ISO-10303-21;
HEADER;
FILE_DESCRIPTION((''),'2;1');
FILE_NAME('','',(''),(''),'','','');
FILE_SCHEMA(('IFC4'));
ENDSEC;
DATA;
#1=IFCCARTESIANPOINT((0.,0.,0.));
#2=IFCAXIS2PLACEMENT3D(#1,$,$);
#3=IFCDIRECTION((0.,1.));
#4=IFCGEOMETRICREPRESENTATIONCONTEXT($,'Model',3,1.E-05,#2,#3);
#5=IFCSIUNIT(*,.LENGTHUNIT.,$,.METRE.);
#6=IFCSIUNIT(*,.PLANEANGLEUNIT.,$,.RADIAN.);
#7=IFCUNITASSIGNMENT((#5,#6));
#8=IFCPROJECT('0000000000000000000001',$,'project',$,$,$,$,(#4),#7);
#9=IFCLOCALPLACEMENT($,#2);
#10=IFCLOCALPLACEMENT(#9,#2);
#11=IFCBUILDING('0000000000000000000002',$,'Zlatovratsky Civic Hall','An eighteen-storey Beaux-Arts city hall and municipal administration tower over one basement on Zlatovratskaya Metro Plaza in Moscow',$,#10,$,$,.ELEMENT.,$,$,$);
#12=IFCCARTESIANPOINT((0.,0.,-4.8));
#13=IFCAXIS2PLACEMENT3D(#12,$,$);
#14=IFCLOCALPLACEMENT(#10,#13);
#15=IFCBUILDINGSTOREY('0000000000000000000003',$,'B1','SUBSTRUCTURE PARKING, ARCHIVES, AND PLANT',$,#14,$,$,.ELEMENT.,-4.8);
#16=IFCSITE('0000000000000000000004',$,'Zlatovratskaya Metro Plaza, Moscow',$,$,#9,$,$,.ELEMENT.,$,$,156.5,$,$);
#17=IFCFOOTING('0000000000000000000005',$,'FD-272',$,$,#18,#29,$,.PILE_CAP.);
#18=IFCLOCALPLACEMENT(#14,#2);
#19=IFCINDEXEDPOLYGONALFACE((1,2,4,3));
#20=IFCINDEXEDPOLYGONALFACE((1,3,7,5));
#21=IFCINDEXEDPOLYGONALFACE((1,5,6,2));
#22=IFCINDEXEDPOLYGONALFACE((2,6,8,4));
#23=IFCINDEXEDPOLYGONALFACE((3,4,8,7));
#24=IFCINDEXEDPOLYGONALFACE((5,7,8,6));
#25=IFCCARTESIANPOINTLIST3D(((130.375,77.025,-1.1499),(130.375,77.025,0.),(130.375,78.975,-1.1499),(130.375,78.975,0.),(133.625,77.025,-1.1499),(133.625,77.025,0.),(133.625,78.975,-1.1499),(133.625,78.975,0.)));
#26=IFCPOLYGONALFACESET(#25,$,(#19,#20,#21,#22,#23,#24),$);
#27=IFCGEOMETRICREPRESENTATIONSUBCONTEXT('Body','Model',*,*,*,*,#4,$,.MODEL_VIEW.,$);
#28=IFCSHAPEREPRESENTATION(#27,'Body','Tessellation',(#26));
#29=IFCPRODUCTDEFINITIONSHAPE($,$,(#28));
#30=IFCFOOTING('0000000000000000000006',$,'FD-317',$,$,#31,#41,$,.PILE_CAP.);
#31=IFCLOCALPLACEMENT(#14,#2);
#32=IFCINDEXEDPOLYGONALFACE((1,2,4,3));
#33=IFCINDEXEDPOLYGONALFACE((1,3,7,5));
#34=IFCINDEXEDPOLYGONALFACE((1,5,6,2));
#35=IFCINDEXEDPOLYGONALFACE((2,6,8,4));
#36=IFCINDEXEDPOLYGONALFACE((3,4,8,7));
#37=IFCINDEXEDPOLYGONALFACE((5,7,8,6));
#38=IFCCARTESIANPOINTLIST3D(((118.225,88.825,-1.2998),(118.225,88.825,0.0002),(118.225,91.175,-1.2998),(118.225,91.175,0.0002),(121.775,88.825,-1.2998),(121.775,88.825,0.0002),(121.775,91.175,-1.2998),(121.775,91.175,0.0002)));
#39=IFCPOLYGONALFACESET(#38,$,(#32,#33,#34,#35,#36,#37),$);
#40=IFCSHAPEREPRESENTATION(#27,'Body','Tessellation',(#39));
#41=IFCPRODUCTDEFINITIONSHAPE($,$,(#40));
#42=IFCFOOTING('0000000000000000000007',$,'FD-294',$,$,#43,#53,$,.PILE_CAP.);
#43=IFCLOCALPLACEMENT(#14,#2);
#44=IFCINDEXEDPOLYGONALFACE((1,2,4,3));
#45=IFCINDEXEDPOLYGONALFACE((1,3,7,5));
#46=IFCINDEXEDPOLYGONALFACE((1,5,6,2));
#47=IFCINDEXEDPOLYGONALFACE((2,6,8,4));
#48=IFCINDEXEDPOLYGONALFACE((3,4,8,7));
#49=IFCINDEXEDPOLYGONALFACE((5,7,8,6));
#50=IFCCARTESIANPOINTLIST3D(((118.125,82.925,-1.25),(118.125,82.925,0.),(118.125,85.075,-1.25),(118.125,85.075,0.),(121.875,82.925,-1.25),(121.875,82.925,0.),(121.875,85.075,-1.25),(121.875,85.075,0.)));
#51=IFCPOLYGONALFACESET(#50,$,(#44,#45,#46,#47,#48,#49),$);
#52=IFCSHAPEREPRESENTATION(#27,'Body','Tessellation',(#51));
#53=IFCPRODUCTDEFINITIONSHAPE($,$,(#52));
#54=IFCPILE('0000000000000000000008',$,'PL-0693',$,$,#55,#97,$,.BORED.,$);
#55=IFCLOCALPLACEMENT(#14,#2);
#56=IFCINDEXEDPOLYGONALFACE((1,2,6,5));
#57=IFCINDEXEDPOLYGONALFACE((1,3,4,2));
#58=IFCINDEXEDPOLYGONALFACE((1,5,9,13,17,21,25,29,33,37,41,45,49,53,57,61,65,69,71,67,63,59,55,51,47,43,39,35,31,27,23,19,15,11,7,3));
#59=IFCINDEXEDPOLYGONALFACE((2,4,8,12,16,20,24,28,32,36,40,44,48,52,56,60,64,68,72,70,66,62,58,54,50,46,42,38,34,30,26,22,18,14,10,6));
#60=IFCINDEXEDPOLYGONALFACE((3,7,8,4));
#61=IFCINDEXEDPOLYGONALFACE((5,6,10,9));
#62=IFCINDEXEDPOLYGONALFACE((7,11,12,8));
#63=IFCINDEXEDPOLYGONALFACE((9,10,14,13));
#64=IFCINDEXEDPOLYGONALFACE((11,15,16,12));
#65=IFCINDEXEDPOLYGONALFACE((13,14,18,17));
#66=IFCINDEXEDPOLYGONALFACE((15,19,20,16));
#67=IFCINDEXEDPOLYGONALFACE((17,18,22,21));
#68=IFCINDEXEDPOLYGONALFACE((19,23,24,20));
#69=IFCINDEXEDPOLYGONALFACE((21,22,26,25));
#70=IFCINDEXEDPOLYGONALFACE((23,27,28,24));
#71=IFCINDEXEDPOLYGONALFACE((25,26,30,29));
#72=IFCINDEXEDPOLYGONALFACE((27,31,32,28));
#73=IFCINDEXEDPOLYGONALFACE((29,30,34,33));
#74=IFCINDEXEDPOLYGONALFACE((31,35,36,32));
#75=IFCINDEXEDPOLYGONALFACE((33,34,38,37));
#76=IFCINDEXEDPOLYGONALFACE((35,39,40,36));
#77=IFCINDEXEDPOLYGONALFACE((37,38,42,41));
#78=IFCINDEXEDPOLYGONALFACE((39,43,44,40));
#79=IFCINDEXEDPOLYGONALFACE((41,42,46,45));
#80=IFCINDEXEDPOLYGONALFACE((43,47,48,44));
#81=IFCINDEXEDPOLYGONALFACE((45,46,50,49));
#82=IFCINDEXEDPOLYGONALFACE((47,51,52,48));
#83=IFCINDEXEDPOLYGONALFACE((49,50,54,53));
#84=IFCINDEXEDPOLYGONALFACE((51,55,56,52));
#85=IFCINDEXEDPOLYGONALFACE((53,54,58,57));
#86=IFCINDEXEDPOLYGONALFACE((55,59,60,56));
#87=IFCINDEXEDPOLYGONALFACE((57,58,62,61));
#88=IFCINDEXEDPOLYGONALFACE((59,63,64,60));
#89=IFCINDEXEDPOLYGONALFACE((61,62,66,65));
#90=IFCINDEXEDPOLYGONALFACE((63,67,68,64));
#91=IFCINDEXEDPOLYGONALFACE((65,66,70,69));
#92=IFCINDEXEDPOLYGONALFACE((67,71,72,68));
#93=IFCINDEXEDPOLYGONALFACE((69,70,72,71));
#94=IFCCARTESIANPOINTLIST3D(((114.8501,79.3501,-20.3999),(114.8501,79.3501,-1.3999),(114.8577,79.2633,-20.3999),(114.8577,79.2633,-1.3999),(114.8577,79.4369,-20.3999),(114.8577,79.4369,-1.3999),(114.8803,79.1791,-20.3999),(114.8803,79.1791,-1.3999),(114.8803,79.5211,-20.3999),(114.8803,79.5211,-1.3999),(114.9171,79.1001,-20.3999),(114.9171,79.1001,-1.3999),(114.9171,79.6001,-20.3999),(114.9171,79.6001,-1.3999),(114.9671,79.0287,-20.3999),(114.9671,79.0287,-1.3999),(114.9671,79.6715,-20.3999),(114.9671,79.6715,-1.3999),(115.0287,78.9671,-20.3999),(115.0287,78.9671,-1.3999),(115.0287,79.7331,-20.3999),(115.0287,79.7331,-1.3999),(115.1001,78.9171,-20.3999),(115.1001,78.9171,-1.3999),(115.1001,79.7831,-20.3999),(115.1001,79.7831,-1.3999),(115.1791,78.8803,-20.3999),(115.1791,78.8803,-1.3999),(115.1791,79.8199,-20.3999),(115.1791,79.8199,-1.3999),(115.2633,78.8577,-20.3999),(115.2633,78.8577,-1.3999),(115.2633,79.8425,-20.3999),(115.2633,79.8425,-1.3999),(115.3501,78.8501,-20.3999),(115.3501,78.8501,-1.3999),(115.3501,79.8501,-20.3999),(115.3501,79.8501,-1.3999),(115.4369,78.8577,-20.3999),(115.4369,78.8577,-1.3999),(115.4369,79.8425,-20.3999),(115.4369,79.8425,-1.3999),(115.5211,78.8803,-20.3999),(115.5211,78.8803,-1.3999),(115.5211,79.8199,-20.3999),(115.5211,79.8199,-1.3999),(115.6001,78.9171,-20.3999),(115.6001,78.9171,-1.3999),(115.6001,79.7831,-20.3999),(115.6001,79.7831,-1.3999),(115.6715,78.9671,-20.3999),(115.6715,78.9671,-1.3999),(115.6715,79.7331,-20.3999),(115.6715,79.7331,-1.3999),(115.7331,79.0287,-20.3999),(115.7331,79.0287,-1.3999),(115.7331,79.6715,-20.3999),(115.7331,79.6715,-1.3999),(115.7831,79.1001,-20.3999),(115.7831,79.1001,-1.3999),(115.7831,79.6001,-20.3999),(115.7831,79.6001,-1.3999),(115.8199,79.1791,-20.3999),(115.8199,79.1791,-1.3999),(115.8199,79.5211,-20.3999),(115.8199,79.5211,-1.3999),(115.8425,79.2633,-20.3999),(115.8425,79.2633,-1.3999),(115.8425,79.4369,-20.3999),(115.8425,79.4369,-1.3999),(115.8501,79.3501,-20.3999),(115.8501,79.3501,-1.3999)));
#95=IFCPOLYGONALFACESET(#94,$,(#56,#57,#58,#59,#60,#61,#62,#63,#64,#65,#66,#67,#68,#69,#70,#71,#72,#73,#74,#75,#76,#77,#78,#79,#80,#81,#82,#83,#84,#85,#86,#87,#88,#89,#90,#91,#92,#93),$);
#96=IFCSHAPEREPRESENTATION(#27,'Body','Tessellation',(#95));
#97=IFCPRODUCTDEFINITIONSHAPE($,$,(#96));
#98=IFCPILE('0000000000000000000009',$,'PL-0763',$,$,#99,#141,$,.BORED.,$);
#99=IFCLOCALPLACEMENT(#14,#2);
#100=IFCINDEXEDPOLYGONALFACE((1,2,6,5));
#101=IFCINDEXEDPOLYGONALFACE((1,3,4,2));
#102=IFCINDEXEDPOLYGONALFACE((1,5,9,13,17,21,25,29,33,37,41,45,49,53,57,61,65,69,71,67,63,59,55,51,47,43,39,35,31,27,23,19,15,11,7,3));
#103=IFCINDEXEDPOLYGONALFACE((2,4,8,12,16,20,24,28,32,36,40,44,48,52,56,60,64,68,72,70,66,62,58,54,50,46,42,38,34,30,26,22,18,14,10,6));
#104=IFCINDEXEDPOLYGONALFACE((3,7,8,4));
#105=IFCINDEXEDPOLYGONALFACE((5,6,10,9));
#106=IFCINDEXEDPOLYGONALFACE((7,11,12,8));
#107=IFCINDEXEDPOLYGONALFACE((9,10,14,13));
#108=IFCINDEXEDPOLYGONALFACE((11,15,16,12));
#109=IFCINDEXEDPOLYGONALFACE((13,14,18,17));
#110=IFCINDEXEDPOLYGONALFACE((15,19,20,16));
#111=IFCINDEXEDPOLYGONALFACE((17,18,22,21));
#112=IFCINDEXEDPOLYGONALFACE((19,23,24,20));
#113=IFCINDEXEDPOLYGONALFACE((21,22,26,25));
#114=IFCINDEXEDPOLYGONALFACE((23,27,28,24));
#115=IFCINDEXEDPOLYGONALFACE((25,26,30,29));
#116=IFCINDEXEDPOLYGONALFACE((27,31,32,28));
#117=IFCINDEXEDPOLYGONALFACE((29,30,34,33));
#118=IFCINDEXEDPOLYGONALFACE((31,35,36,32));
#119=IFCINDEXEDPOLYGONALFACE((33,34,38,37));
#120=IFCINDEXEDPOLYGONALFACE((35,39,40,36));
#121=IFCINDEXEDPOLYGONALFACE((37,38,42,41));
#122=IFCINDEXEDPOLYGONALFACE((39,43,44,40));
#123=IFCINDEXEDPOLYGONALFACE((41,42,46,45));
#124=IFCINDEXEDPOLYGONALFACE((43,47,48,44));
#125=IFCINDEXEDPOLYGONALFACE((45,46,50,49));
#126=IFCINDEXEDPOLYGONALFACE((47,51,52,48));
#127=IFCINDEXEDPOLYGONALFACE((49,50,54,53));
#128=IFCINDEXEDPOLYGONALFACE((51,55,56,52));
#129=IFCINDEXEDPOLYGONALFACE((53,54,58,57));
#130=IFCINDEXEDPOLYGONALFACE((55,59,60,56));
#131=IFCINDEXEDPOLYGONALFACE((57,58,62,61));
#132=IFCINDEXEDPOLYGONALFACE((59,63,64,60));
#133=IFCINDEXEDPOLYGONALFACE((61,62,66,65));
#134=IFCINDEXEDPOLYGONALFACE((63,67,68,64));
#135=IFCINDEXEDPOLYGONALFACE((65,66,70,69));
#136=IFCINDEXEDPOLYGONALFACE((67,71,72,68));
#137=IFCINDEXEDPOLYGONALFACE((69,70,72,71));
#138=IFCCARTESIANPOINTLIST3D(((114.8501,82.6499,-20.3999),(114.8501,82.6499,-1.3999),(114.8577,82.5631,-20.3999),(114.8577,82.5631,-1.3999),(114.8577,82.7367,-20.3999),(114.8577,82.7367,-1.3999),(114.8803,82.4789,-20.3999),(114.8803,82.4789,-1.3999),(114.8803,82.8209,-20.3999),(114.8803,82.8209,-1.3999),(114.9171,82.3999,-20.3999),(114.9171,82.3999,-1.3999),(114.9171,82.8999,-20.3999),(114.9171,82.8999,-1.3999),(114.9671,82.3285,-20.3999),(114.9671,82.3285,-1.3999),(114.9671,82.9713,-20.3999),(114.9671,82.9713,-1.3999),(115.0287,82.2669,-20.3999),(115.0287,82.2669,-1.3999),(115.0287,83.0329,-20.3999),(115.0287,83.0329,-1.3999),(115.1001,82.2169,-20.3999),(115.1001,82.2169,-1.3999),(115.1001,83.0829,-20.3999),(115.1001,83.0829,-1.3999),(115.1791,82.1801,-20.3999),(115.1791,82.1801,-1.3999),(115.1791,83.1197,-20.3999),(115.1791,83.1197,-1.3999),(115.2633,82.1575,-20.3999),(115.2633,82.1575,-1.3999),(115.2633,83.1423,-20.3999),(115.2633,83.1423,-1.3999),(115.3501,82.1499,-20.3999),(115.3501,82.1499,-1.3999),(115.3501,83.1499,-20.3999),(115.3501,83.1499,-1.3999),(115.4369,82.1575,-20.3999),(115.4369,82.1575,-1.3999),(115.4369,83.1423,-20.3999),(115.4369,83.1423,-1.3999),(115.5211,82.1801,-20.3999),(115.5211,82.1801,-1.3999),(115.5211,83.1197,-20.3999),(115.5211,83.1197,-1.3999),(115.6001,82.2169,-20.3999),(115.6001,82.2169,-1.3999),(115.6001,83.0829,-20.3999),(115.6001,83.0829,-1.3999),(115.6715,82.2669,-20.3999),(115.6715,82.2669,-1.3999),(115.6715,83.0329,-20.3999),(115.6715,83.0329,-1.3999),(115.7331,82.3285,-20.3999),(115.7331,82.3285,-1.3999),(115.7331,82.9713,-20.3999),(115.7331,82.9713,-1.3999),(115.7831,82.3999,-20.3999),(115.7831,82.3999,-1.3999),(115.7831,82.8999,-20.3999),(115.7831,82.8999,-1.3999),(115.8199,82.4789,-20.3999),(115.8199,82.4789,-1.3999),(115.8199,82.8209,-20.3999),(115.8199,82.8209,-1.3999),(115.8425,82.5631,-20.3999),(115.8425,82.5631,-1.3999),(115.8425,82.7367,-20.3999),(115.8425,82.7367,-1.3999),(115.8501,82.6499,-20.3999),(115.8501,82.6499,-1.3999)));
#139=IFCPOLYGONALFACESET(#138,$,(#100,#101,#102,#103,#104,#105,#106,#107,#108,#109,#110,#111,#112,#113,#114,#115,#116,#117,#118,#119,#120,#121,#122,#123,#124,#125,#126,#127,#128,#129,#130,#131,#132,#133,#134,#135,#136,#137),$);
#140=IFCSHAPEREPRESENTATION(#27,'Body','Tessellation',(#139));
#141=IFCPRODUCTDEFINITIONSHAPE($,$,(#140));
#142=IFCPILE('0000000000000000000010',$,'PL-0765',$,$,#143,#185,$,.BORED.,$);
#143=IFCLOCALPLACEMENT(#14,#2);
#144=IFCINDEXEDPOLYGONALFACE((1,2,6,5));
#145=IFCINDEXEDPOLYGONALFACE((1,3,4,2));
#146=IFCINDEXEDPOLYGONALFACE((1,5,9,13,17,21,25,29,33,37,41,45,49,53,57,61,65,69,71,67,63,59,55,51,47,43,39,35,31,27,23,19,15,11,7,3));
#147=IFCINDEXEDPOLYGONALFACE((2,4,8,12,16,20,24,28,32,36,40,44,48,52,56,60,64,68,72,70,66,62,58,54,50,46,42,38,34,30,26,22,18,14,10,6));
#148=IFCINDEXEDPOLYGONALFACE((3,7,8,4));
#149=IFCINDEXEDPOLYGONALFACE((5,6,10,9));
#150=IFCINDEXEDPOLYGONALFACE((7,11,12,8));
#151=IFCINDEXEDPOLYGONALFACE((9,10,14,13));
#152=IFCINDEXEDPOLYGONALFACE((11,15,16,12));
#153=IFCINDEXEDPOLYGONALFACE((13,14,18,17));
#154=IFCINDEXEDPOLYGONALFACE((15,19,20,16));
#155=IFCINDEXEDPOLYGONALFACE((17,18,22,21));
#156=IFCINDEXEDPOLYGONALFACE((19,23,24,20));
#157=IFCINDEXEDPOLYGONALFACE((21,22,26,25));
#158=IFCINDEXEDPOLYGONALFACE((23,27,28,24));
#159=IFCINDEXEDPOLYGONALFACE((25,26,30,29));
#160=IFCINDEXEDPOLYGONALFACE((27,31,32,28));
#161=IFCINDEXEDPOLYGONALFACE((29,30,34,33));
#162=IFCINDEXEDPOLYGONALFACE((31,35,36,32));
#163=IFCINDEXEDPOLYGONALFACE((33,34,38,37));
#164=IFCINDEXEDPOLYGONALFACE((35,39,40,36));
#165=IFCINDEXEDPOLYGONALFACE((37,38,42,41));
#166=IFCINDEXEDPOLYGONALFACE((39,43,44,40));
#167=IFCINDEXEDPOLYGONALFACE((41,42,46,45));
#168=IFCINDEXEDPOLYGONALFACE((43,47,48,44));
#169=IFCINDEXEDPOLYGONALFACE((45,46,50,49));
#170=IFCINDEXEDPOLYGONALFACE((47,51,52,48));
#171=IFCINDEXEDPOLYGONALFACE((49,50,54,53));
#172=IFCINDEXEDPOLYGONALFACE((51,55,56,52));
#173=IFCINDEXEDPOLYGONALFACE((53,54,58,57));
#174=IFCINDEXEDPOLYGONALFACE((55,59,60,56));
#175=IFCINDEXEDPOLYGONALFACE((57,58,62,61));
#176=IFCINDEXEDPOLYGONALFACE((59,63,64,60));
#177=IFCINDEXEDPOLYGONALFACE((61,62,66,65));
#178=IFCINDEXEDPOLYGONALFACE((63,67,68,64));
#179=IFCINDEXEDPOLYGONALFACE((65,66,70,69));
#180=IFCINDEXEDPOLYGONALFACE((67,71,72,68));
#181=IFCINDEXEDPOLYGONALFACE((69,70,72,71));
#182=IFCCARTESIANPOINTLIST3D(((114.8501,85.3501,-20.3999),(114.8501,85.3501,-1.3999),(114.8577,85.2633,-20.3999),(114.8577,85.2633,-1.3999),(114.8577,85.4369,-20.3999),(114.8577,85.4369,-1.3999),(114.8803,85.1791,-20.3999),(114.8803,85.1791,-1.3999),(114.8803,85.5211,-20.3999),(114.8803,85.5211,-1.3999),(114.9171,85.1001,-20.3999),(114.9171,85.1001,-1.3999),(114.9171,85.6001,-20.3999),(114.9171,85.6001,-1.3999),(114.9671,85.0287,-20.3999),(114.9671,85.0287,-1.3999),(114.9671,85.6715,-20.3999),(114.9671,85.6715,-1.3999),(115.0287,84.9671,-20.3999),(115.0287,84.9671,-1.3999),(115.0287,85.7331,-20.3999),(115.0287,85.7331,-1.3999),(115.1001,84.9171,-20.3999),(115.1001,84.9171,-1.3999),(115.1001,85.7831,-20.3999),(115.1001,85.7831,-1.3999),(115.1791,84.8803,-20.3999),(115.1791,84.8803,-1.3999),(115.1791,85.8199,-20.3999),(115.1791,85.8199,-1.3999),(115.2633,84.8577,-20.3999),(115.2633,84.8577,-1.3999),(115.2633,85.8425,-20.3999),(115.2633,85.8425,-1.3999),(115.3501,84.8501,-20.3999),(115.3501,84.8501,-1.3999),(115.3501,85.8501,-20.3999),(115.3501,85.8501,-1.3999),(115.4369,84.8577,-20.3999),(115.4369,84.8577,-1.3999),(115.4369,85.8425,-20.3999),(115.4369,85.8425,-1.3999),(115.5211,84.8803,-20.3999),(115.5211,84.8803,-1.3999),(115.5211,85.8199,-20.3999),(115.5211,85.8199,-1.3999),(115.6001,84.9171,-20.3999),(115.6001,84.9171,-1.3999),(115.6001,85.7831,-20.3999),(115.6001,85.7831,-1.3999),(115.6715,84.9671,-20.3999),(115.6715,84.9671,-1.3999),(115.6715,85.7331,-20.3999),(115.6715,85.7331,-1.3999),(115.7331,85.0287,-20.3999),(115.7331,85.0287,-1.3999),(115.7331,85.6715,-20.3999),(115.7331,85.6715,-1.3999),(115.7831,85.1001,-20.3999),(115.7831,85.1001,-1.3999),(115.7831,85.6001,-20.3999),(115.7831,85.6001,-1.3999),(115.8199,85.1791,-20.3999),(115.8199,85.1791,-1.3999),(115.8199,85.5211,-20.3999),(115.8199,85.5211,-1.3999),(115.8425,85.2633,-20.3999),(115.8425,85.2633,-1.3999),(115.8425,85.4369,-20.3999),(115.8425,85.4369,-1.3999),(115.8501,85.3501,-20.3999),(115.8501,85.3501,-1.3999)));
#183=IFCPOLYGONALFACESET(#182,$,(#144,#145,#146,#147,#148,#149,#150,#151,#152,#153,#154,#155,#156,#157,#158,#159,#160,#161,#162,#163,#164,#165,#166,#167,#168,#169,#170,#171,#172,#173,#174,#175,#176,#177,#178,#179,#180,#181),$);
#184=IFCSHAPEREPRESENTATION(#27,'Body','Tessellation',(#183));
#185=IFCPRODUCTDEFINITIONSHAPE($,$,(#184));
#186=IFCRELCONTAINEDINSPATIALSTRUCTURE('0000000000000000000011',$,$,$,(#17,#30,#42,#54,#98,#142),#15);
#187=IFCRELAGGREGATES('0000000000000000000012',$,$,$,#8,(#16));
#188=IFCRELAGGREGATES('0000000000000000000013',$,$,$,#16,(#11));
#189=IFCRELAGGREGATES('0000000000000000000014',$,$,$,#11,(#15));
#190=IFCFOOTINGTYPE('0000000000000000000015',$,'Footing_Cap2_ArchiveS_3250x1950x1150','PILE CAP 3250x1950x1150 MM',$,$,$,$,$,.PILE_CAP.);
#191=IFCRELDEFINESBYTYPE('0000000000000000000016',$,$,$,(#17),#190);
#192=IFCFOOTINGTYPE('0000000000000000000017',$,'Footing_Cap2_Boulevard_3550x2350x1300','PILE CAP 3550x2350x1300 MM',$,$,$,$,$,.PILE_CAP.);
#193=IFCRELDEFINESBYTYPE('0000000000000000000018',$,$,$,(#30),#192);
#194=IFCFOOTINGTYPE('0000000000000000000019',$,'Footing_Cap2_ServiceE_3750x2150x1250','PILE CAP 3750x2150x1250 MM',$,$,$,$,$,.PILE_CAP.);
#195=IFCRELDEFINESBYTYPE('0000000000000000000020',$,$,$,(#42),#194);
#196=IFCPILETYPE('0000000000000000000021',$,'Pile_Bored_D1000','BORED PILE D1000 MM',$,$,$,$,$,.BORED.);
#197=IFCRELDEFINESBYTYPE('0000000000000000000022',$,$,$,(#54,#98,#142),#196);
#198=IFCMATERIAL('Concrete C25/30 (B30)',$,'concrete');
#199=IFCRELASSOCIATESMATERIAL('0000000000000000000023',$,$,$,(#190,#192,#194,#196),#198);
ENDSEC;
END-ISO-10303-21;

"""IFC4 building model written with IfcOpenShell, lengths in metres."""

from ifc_helpers import new_model, si_unit, direction, frame, origin, origin_2d, place, context, subcontext, project, spatial, rectangle, circle, extrude, material, material_profile, profile_set, type_object, element, save


model = new_model("IFC4")

# Units and contexts
model_context = context("Model", 3, precision=1e-05, world=origin(), true_north=direction((0.0, 1.0)))
body_context = subcontext(model_context, "Body", "Model", "MODEL_VIEW")
ifc_project = project(units=[si_unit("LENGTHUNIT", "METRE"), si_unit("PLANEANGLEUNIT", "RADIAN")], contexts=[model_context])

# Site, building, storey
site_placement = place(None, origin())
site = spatial("IfcSite", under=ifc_project, at=site_placement, Name="Zlatovratskaya Metro Plaza, Moscow", CompositionType="ELEMENT", RefElevation=156.5)
building_placement = place(site_placement, origin())
building = spatial("IfcBuilding", under=site, at=building_placement, Name="Zlatovratsky Civic Hall", Description="An eighteen-storey Beaux-Arts city hall and municipal administration tower over one basement on Zlatovratskaya Metro Plaza in Moscow", CompositionType="ELEMENT")
storey_placement = place(building_placement, frame((0.0, 0.0, -4.8)))
storey = spatial("IfcBuildingStorey", under=building, at=storey_placement, Name="B1", Description="SUBSTRUCTURE PARKING, ARCHIVES, AND PLANT", CompositionType="ELEMENT", Elevation=-4.8)

# Footings
ifc_material_1 = material(Name="Concrete C25/30 (B30)", Category="concrete")
footing_type_1 = type_object("IfcFootingType", Name="Footing_Cap2_ArchiveS_3250x1950x1150", Description="PILE CAP 3250x1950x1150 MM", PredefinedType="PILE_CAP", material=ifc_material_1)
footing_1_placement = place(storey_placement, frame((132.0, 78.0, -1.1499), z_axis=(0.0, 0.0, 1.0), x_axis=(1.0, 0.0, 0.0)))
element("IfcFooting", 1, at=footing_1_placement, inside=storey, type_object=footing_type_1, Name="FD-272", PredefinedType="PILE_CAP", context=body_context, shape_type="SweptSolid", body=[
    extrude(rectangle(XDim=3.25, YDim=1.95, at=origin_2d()), origin(), (0.0, 0.0, 1.0), 1.1499),
])
footing_type_2 = type_object("IfcFootingType", Name="Footing_Cap2_Boulevard_3550x2350x1300", Description="PILE CAP 3550x2350x1300 MM", PredefinedType="PILE_CAP", material=ifc_material_1)
footing_2_placement = place(storey_placement, frame((120.0, 90.0, -1.2998), z_axis=(0.0, 0.0, 1.0), x_axis=(1.0, 0.0, 0.0)))
element("IfcFooting", 2, at=footing_2_placement, inside=storey, type_object=footing_type_2, Name="FD-317", PredefinedType="PILE_CAP", context=body_context, shape_type="SweptSolid", body=[
    extrude(rectangle(XDim=3.55, YDim=2.3501, at=origin_2d()), origin(), (0.0, 0.0, 1.0), 1.3),
])
footing_type_3 = type_object("IfcFootingType", Name="Footing_Cap2_ServiceE_3750x2150x1250", Description="PILE CAP 3750x2150x1250 MM", PredefinedType="PILE_CAP", material=ifc_material_1)
footing_3_placement = place(storey_placement, frame((120.0, 84.0, -1.25), z_axis=(0.0, 0.0, 1.0), x_axis=(1.0, 0.0, 0.0)))
element("IfcFooting", 3, at=footing_3_placement, inside=storey, type_object=footing_type_3, Name="FD-294", PredefinedType="PILE_CAP", context=body_context, shape_type="SweptSolid", body=[
    extrude(rectangle(XDim=3.75, YDim=2.1499, at=origin_2d()), origin(), (0.0, 0.0, 1.0), 1.25),
])

# Piles
ifc_material_profile_1 = material_profile(ifc_material_1, circle(Radius=0.5, at=origin_2d()), Name="PILE D1000")
ifc_profile_set_1 = profile_set([ifc_material_profile_1], Name="Concrete C25/30 (B30)")
pile_type_1 = type_object("IfcPileType", Name="Pile_Bored_D1000", Description="BORED PILE D1000 MM", PredefinedType="BORED", material=ifc_profile_set_1)
for number, where, z_axis, x_axis, name in (
    (4, (115.3501, 79.3501, -1.3999), (0.0, 0.0, -1.0), (1.0, 0.0, 0.0), "PL-0693"),
    (5, (115.3501, 82.6499, -1.3999), (0.0, 0.0, -1.0), (1.0, 0.0, 0.0), "PL-0763"),
    (6, (115.3501, 85.3501, -1.3999), (0.0, 0.0, -1.0), (1.0, 0.0, 0.0), "PL-0765"),
):
    element("IfcPile", number, at=place(storey_placement, frame(where, z_axis=z_axis, x_axis=x_axis)), inside=storey, type_object=pile_type_1, Name=name, PredefinedType="BORED", context=body_context, shape_type="SweptSolid", body=[
        extrude(circle(Radius=0.5, at=origin_2d()), origin(), (0.0, 0.0, 1.0), 19.0),
    ])

save(model, "model.ifc")
